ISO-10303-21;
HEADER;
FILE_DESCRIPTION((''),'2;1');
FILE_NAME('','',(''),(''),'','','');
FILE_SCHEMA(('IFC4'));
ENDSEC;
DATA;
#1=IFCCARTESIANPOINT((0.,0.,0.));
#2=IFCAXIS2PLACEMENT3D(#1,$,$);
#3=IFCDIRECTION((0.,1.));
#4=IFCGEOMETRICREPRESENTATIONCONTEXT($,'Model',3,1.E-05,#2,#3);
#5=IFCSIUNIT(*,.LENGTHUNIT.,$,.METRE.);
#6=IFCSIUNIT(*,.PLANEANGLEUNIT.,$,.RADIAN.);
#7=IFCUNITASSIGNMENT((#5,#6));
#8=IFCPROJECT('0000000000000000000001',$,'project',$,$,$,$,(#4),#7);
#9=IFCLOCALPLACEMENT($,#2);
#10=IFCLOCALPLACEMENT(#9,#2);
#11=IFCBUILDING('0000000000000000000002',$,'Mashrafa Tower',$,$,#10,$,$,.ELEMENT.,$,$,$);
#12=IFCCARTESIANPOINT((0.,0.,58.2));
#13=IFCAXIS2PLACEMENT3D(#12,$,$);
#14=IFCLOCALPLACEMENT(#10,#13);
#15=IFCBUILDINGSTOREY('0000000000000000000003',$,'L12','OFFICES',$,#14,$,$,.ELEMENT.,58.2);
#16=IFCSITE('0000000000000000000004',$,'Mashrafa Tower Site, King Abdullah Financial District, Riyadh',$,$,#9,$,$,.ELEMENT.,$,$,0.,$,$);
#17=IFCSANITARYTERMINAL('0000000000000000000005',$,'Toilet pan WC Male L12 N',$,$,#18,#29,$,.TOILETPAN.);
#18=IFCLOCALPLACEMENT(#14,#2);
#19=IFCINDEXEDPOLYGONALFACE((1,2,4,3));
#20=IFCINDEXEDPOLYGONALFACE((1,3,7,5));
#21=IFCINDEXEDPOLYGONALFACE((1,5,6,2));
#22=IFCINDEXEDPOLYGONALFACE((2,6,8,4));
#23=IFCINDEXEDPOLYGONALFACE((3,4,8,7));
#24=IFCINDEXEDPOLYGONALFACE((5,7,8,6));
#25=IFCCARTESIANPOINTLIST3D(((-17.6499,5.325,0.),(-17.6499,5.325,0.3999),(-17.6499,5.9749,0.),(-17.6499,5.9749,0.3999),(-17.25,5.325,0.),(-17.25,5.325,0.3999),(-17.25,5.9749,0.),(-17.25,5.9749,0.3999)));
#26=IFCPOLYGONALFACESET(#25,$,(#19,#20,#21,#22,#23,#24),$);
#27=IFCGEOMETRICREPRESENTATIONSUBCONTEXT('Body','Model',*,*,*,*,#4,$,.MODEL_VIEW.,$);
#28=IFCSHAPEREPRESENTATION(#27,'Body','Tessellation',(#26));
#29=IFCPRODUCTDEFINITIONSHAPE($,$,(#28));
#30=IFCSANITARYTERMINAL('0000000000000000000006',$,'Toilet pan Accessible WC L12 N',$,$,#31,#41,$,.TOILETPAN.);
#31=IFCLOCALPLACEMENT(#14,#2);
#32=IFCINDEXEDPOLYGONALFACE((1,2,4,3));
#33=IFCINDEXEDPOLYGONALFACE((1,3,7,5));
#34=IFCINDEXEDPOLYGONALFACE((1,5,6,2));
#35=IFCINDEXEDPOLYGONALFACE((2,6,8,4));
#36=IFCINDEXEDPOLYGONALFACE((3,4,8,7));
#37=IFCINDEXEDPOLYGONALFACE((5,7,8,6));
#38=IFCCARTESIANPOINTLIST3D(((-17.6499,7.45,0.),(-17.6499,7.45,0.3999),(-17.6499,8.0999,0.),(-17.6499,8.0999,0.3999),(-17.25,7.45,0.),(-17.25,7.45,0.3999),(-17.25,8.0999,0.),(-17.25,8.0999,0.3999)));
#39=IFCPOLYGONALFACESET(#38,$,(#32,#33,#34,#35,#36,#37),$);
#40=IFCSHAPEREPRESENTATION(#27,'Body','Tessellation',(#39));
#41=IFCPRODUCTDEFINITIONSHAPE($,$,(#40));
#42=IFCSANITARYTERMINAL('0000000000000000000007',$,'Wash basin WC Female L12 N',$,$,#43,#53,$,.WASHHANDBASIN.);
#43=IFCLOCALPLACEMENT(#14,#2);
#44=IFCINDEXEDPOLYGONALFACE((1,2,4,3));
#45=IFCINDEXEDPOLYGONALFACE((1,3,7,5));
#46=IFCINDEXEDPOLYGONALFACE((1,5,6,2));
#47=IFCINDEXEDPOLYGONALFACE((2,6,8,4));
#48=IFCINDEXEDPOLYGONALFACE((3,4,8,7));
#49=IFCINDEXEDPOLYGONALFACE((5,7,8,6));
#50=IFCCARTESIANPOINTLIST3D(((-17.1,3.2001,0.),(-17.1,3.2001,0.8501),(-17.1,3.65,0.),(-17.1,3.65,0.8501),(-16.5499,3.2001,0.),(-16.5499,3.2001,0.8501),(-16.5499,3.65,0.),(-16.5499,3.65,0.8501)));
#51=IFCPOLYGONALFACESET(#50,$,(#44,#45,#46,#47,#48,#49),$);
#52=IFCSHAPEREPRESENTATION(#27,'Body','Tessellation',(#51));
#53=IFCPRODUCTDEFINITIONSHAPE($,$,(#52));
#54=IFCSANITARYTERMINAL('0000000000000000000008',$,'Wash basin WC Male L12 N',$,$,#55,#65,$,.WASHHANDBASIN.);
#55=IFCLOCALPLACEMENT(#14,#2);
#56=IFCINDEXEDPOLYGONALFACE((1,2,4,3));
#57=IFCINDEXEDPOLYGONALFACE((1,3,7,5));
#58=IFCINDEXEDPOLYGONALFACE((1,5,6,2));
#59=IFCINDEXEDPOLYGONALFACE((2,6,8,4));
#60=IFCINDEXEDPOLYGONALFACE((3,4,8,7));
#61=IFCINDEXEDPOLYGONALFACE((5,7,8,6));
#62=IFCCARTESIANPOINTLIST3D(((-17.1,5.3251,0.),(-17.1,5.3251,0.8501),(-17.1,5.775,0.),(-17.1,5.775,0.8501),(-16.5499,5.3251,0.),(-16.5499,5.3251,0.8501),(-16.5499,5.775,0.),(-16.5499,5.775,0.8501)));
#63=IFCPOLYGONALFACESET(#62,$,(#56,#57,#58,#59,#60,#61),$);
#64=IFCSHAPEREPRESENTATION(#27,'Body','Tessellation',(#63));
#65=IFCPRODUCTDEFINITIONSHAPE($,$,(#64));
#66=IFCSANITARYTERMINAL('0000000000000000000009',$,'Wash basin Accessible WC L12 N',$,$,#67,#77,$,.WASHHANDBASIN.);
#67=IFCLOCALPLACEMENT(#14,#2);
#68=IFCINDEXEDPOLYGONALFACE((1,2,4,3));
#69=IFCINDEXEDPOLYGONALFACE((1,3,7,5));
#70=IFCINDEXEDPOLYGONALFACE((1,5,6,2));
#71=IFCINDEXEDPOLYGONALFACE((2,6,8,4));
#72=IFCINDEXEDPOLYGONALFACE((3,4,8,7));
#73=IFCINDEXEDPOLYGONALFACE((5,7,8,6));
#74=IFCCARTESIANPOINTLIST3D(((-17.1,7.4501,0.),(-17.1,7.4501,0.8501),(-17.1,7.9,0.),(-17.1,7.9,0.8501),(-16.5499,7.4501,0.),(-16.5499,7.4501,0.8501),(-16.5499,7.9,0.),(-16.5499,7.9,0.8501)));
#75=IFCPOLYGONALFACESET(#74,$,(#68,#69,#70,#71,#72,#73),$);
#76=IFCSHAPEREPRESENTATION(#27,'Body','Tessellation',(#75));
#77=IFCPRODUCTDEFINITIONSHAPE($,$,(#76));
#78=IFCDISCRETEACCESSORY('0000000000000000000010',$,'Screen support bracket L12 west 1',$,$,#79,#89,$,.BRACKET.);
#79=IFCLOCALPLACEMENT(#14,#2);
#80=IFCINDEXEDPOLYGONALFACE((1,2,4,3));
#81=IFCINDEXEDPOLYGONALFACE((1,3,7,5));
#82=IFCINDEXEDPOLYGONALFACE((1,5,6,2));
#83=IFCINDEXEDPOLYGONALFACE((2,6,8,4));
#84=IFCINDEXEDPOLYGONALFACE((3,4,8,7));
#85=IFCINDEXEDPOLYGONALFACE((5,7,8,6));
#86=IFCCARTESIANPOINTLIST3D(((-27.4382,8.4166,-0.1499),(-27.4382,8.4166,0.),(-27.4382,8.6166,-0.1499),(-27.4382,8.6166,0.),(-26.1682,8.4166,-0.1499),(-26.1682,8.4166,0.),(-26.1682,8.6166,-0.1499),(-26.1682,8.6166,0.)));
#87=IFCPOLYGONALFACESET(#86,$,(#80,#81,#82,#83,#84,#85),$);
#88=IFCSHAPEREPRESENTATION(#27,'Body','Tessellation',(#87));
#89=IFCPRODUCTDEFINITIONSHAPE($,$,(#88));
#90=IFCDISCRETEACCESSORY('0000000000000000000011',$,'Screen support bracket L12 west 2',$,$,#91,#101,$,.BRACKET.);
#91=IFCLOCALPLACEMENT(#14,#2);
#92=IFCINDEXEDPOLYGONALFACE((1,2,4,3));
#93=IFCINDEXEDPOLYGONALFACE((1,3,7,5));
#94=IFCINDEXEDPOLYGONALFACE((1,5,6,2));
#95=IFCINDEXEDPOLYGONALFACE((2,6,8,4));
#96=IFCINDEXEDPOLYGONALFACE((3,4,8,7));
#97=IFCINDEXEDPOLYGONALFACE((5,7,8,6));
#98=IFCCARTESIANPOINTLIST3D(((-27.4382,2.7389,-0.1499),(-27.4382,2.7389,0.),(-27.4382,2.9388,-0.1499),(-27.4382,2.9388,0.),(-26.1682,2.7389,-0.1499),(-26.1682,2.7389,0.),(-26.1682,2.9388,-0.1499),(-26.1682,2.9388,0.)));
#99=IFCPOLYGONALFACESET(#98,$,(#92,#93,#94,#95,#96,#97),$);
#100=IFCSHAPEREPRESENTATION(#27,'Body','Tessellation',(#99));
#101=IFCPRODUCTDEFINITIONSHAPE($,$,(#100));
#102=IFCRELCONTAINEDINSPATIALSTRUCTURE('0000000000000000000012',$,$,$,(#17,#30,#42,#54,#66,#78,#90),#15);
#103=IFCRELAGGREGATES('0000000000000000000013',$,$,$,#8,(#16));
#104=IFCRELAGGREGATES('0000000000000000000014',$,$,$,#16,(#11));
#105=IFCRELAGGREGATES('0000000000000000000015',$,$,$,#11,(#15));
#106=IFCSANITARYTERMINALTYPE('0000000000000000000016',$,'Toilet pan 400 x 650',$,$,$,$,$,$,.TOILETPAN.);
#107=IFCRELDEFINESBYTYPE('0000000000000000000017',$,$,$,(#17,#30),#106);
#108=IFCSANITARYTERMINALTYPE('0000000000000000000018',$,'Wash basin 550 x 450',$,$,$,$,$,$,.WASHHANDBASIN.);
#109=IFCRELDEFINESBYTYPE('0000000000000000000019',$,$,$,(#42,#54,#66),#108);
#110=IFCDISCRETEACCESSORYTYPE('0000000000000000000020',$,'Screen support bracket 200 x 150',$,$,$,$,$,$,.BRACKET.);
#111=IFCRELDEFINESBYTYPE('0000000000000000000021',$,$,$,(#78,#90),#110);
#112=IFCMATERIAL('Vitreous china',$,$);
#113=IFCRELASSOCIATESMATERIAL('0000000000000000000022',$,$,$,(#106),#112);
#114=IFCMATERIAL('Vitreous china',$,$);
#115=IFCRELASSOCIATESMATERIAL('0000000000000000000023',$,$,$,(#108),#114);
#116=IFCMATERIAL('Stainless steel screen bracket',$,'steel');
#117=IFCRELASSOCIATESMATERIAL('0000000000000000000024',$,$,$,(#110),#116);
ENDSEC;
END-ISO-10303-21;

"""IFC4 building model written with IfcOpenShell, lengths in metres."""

from ifc_helpers import new_model, si_unit, direction, frame, origin, origin_2d, place, context, subcontext, project, spatial, rectangle, extrude, source, transform, mapped, material, type_object, type_shapes, element, save


model = new_model("IFC4")

# Units and contexts
model_context = context("Model", 3, precision=1e-05, world=origin(), true_north=direction((0.0, 1.0)))
body_context = subcontext(model_context, "Body", "Model", "MODEL_VIEW")
ifc_project = project(units=[si_unit("LENGTHUNIT", "METRE"), si_unit("PLANEANGLEUNIT", "RADIAN")], contexts=[model_context])

# Site, building, storey
site_placement = place(None, origin())
site = spatial("IfcSite", under=ifc_project, at=site_placement, Name="Mashrafa Tower Site, King Abdullah Financial District, Riyadh", CompositionType="ELEMENT", RefElevation=0.0)
building_placement = place(site_placement, origin())
building = spatial("IfcBuilding", under=site, at=building_placement, Name="Mashrafa Tower", CompositionType="ELEMENT")
storey_placement = place(building_placement, frame((0.0, 0.0, 58.2)))
storey = spatial("IfcBuildingStorey", under=building, at=storey_placement, Name="L12", Description="OFFICES", CompositionType="ELEMENT", Elevation=58.2)

# Sanitary terminals
ifc_material_1 = material(Name="Vitreous china")
sanitary_terminal_type_1 = type_object("IfcSanitaryTerminalType", Name="Toilet pan 400 x 650", PredefinedType="TOILETPAN", material=ifc_material_1)
for number, where, z_axis, x_axis, name in (
    (1, (-17.45, 5.6499, 0.0), (0.0, 0.0, 1.0), (1.0, 0.0, 0.0), "Toilet pan WC Male L12 N"),
    (2, (-17.45, 7.7749, 0.0), (0.0, 0.0, 1.0), (1.0, 0.0, 0.0), "Toilet pan Accessible WC L12 N"),
):
    element("IfcSanitaryTerminal", number, at=place(storey_placement, frame(where, z_axis=z_axis, x_axis=x_axis)), inside=storey, type_object=sanitary_terminal_type_1, Name=name, PredefinedType="TOILETPAN", context=body_context, shape_type="SweptSolid", body=[
        extrude(rectangle(XDim=0.3999, YDim=0.6499, at=origin_2d()), origin(), (0.0, 0.0, 1.0), 0.3999),
    ])
ifc_material_2 = material(Name="Vitreous china")
sanitary_terminal_type_2 = type_object("IfcSanitaryTerminalType", Name="Wash basin 550 x 450", PredefinedType="WASHHANDBASIN", material=ifc_material_2)
for number, where, z_axis, x_axis, name in (
    (3, (-16.825, 3.425, 0.0), (0.0, 0.0, 1.0), (1.0, 0.0, 0.0), "Wash basin WC Female L12 N"),
    (4, (-16.825, 5.55, 0.0), (0.0, 0.0, 1.0), (1.0, 0.0, 0.0), "Wash basin WC Male L12 N"),
    (5, (-16.825, 7.675, 0.0), (0.0, 0.0, 1.0), (1.0, 0.0, 0.0), "Wash basin Accessible WC L12 N"),
):
    element("IfcSanitaryTerminal", number, at=place(storey_placement, frame(where, z_axis=z_axis, x_axis=x_axis)), inside=storey, type_object=sanitary_terminal_type_2, Name=name, PredefinedType="WASHHANDBASIN", context=body_context, shape_type="SweptSolid", body=[
        extrude(rectangle(XDim=0.55, YDim=0.45, at=origin_2d()), origin(), (0.0, 0.0, 1.0), 0.8501),
    ])

# Discrete accessories
ifc_material_3 = material(Name="Stainless steel screen bracket", Category="steel")
discrete_accessory_type = type_object("IfcDiscreteAccessoryType", Name="Screen support bracket 200 x 150", PredefinedType="BRACKET", material=ifc_material_3)
shared_shape_1 = source(origin(), body_context, "Body", "SweptSolid", [
    extrude(rectangle(XDim=0.2, YDim=1.27, at=origin_2d()), origin(), (0.0, 0.0, 1.0), 0.1499),
])
type_shapes(discrete_accessory_type, [shared_shape_1])
for number, where, z_axis, x_axis, name in (
    (6, (-26.8032, 8.5166, -0.1499), (0.0, 0.0, 1.0), (0.0, -1.0, 0.0), "Screen support bracket L12 west 1"),
    (7, (-26.8032, 2.8389, -0.1499), (0.0, 0.0, 1.0), (0.0, -1.0, 0.0), "Screen support bracket L12 west 2"),
):
    element("IfcDiscreteAccessory", number, at=place(storey_placement, frame(where, z_axis=z_axis, x_axis=x_axis)), inside=storey, type_object=discrete_accessory_type, Name=name, PredefinedType="BRACKET", context=body_context, shape_type="MappedRepresentation", body=[
        mapped(shared_shape_1, transform((0.0, 0.0, 0.0))),
    ])

save(model, "model.ifc")
